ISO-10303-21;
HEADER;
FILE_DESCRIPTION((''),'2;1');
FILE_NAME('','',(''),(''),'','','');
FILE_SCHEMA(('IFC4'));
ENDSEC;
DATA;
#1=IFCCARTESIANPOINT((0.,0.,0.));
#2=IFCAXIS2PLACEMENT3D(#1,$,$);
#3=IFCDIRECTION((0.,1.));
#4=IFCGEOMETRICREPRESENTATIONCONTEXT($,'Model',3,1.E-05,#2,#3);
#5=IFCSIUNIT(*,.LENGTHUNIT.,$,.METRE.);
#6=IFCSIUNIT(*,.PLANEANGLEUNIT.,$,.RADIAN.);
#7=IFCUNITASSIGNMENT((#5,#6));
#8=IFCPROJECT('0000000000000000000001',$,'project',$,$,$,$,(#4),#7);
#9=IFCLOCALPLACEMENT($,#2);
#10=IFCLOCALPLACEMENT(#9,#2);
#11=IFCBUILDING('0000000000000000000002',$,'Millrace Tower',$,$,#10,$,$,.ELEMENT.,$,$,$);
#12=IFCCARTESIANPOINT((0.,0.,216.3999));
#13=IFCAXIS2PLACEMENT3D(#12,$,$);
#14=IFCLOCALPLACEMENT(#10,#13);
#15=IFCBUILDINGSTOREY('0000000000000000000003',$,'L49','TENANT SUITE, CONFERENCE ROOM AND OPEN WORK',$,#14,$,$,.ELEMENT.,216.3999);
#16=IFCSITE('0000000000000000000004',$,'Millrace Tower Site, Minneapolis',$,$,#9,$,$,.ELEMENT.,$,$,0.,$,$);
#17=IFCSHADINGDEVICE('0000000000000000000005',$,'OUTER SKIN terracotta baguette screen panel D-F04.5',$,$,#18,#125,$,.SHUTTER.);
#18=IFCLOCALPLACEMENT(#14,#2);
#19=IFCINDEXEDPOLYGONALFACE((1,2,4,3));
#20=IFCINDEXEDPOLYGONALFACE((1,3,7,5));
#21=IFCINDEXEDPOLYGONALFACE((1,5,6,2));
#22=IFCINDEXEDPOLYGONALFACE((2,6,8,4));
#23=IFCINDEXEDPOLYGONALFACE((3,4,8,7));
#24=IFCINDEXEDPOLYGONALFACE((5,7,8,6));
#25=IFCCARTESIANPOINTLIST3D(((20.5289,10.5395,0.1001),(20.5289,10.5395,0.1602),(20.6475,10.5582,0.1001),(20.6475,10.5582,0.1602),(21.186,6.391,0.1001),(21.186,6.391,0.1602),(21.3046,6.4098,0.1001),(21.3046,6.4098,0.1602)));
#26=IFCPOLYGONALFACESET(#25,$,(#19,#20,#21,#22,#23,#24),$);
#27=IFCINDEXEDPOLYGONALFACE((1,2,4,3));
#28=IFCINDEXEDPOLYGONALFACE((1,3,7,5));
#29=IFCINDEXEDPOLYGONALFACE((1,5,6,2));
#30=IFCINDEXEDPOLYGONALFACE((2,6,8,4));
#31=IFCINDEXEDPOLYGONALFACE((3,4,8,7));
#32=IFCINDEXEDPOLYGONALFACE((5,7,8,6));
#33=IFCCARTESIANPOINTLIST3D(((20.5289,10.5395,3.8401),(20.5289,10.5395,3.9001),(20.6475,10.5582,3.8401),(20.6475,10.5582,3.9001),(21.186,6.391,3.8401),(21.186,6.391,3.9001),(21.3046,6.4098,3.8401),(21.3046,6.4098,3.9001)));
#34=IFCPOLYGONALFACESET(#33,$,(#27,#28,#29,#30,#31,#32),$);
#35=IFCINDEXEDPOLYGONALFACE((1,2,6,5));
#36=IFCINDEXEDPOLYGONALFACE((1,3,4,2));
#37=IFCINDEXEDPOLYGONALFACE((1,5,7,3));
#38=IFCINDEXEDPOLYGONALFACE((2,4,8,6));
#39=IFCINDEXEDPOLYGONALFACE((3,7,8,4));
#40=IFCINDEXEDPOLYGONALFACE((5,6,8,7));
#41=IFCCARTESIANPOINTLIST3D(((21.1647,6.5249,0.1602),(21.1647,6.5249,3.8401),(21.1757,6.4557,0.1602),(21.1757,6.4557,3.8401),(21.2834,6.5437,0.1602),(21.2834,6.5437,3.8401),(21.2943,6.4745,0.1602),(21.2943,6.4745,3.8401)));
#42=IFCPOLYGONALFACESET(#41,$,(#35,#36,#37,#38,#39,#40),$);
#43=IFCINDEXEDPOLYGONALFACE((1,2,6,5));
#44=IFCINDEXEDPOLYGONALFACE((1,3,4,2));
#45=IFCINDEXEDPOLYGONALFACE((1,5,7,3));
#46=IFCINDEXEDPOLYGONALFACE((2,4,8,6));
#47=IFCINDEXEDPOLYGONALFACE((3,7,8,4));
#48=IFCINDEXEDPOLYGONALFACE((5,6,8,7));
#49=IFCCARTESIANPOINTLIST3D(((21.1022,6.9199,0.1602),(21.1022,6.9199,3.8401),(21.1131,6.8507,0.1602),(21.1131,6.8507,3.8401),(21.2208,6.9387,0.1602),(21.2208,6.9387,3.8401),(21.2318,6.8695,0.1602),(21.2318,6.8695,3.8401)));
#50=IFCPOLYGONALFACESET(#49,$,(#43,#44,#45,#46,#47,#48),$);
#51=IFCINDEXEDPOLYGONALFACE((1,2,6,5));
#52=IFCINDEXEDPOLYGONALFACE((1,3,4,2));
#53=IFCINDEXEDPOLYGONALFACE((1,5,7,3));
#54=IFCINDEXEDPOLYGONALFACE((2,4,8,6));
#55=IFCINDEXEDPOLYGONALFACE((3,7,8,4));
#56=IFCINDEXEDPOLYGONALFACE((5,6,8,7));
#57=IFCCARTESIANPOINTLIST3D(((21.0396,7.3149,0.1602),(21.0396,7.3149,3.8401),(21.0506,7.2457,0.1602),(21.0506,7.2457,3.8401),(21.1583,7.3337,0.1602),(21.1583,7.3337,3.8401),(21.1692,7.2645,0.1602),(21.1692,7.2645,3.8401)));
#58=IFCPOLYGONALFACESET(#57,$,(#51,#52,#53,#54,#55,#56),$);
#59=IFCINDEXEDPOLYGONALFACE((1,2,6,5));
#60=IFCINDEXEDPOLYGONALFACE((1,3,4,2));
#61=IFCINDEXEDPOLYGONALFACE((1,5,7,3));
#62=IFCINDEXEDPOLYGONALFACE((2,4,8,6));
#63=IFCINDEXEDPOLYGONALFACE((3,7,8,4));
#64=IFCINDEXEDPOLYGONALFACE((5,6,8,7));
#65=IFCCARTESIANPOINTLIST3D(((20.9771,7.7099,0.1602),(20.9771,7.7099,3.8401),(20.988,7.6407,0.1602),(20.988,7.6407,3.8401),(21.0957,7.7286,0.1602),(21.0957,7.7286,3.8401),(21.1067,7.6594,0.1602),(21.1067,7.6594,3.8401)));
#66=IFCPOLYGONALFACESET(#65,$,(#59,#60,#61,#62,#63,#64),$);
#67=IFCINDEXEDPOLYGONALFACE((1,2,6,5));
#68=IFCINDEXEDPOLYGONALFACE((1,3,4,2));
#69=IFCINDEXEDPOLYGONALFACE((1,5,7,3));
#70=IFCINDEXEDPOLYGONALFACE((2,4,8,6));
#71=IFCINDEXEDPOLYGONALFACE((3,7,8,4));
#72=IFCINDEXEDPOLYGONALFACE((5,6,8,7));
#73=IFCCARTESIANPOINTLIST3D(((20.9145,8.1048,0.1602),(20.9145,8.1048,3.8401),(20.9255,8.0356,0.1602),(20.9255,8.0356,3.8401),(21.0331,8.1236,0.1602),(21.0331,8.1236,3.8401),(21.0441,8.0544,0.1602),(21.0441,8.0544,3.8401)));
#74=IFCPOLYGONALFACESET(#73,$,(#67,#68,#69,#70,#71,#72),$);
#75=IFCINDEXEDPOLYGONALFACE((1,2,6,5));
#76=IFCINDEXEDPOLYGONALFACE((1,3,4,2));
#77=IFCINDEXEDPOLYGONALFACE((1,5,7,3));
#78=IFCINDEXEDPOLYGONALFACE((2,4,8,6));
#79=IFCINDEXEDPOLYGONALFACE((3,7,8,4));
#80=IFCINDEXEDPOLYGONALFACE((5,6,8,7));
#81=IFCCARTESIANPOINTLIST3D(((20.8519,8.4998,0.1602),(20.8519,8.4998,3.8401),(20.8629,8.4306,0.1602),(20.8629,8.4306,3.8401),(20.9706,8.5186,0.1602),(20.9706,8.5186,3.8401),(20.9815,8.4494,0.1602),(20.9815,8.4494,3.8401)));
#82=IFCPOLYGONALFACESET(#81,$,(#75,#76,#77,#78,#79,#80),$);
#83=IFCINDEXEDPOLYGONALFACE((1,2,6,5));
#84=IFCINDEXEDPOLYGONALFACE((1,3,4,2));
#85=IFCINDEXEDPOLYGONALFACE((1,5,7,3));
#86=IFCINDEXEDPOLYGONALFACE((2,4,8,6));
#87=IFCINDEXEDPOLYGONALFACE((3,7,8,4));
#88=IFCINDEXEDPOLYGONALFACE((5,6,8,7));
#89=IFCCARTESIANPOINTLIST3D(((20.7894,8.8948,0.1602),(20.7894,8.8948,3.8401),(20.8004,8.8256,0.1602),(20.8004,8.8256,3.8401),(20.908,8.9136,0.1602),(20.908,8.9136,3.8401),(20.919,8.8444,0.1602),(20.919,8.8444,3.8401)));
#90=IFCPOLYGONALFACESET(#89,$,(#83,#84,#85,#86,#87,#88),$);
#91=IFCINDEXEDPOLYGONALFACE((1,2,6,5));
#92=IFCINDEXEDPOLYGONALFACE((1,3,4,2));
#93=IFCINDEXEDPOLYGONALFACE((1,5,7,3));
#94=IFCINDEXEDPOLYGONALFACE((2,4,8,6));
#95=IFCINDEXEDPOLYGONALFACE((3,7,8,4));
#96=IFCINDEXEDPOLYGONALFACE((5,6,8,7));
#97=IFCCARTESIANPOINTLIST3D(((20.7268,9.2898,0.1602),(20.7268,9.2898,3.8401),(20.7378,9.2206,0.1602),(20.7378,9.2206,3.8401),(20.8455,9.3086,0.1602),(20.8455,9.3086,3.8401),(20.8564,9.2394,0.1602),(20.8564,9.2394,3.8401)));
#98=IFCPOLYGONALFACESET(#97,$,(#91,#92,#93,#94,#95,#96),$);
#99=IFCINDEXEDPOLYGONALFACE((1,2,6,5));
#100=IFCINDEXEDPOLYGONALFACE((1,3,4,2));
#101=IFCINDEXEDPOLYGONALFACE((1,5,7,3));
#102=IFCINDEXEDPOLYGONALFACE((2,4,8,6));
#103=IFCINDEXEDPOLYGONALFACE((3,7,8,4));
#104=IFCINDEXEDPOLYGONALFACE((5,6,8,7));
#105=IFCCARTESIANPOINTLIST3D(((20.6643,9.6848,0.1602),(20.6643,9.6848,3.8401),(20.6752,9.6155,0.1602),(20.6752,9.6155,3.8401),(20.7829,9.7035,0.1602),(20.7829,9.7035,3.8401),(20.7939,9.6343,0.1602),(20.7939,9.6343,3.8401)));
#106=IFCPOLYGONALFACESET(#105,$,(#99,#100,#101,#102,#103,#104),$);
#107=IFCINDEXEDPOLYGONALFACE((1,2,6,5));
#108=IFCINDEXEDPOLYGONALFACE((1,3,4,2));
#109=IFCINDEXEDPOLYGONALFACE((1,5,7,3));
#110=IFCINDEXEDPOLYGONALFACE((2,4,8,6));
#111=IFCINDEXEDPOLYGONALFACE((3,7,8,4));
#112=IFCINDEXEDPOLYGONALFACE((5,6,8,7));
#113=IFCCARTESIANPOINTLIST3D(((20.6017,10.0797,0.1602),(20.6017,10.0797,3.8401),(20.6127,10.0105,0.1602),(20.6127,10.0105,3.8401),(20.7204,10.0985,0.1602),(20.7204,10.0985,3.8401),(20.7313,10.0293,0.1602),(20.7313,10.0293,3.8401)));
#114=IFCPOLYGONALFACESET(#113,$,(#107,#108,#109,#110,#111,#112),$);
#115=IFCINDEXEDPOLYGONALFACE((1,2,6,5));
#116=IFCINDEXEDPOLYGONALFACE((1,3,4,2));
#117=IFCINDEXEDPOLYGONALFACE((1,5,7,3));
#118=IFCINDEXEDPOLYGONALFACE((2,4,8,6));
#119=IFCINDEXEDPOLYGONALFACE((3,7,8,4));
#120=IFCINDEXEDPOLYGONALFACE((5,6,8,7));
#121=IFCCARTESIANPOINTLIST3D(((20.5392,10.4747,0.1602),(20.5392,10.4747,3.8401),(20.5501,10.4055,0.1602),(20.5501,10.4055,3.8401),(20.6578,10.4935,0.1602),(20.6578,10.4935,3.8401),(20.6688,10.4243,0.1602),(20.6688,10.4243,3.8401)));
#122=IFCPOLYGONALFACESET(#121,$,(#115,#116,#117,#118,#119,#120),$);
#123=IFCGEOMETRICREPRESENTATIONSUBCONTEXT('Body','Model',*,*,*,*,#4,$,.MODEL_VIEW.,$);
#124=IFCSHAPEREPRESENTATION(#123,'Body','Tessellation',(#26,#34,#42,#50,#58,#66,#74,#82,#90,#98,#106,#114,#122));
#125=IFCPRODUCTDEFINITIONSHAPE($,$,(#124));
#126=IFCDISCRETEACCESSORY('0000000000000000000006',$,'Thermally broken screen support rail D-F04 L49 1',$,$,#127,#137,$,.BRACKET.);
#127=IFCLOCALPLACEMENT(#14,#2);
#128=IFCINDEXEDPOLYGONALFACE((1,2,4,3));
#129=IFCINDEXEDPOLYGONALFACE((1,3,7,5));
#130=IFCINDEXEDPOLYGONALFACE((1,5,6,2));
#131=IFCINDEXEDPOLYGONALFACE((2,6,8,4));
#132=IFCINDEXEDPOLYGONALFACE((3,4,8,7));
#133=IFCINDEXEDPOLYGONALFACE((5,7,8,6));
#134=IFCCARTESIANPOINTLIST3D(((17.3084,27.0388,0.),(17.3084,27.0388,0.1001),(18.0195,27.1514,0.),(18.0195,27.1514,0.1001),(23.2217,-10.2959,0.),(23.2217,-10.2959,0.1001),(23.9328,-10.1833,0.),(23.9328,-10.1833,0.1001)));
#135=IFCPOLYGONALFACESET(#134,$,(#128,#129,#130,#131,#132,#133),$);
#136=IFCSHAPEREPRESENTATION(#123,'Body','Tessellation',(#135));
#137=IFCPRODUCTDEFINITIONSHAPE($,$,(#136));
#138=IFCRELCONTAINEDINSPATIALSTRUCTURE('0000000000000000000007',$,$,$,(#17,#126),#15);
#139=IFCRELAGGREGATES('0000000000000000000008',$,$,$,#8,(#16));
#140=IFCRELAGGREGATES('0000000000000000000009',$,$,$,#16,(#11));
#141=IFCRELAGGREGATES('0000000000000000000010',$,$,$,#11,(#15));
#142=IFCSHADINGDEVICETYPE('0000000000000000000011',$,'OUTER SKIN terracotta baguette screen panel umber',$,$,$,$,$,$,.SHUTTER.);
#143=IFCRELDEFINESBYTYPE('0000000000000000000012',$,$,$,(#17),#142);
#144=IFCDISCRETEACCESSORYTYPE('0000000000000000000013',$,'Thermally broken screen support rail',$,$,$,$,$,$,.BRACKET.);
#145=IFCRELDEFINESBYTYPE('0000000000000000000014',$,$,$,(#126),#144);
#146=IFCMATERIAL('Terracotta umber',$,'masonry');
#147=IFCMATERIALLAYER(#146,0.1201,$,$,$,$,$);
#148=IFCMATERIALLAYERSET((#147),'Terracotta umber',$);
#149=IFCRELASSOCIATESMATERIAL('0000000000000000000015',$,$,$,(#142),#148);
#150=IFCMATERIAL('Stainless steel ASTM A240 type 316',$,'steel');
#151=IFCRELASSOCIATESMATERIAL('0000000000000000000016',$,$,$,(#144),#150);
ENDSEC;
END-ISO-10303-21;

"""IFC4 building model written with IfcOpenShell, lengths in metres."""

from ifc_helpers import new_model, entity, si_unit, direction, frame, frame_2d, origin, origin_2d, place, context, subcontext, project, spatial, rectangle, extrude, source, transform, mapped, material, layer, layer_set, type_object, element, save


model = new_model("IFC4")

# Units and contexts
model_context = context("Model", 3, precision=1e-05, world=origin(), true_north=direction((0.0, 1.0)))
body_context = subcontext(model_context, "Body", "Model", "MODEL_VIEW")
ifc_project = project(units=[si_unit("LENGTHUNIT", "METRE"), si_unit("PLANEANGLEUNIT", "RADIAN")], contexts=[model_context])

# Site, building, storey
site_placement = place(None, origin())
site = spatial("IfcSite", under=ifc_project, at=site_placement, Name="Millrace Tower Site, Minneapolis", CompositionType="ELEMENT", RefElevation=0.0)
building_placement = place(site_placement, origin())
building = spatial("IfcBuilding", under=site, at=building_placement, Name="Millrace Tower", CompositionType="ELEMENT")
storey_placement = place(building_placement, frame((0.0, 0.0, 216.3999)))
storey = spatial("IfcBuildingStorey", under=building, at=storey_placement, Name="L49", Description="TENANT SUITE, CONFERENCE ROOM AND OPEN WORK", CompositionType="ELEMENT", Elevation=216.3999)

# Shading device
ifc_material_1 = material(Name="Terracotta umber", Category="masonry")
ifc_layer_1 = layer(ifc_material_1, 0.1201)
ifc_layer_set_1 = layer_set([ifc_layer_1], Name="Terracotta umber")
shading_device_type = type_object("IfcShadingDeviceType", Name="OUTER SKIN terracotta baguette screen panel umber", PredefinedType="SHUTTER", material=ifc_layer_set_1)
cartesian_point = entity("IfcCartesianPoint", [-2.1001, 0.0601])
shared_polyline = entity("IfcPolyline", [cartesian_point, entity("IfcCartesianPoint", [2.1001, 0.0601]), entity("IfcCartesianPoint", [2.1001, -0.0601]), entity("IfcCartesianPoint", [-2.1001, -0.0601]), cartesian_point])
shared_shape = source(origin(), body_context, "Body", "SweptSolid", [
    entity("IfcExtrudedAreaSolid", entity("IfcArbitraryClosedProfileDef", "AREA", None, shared_polyline), entity("IfcAxis2Placement3D", entity("IfcCartesianPoint", [0.0, 0.0, 0.0])), entity("IfcDirection", [0.0, 0.0, 1.0]), 0.0601),
    entity("IfcExtrudedAreaSolid", entity("IfcArbitraryClosedProfileDef", "AREA", None, shared_polyline), entity("IfcAxis2Placement3D", entity("IfcCartesianPoint", [0.0, 0.0, 3.74])), entity("IfcDirection", [0.0, 0.0, 1.0]), 0.0601),
    extrude(rectangle(XDim=0.0701, YDim=0.1201, at=frame_2d((-1.9995, 0.0))), frame((0.0, 0.0, 0.0601)), (0.0, 0.0, 1.0), 3.6799),
    extrude(rectangle(XDim=0.0701, YDim=0.1201, at=frame_2d((-1.5996, 0.0))), frame((0.0, 0.0, 0.0601)), (0.0, 0.0, 1.0), 3.6799),
    extrude(rectangle(XDim=0.0701, YDim=0.1201, at=frame_2d((-1.1997, 0.0))), frame((0.0, 0.0, 0.0601)), (0.0, 0.0, 1.0), 3.6799),
    extrude(rectangle(XDim=0.0701, YDim=0.1201, at=frame_2d((-0.7998, 0.0))), frame((0.0, 0.0, 0.0601)), (0.0, 0.0, 1.0), 3.6799),
    extrude(rectangle(XDim=0.0701, YDim=0.1201, at=frame_2d((-0.3999, 0.0))), frame((0.0, 0.0, 0.0601)), (0.0, 0.0, 1.0), 3.6799),
    extrude(rectangle(XDim=0.0701, YDim=0.1201, at=origin_2d()), frame((0.0, 0.0, 0.0601)), (0.0, 0.0, 1.0), 3.6799),
    extrude(rectangle(XDim=0.0701, YDim=0.1201, at=frame_2d((0.3999, 0.0))), frame((0.0, 0.0, 0.0601)), (0.0, 0.0, 1.0), 3.6799),
    extrude(rectangle(XDim=0.0701, YDim=0.1201, at=frame_2d((0.7998, 0.0))), frame((0.0, 0.0, 0.0601)), (0.0, 0.0, 1.0), 3.6799),
    extrude(rectangle(XDim=0.0701, YDim=0.1201, at=frame_2d((1.1997, 0.0))), frame((0.0, 0.0, 0.0601)), (0.0, 0.0, 1.0), 3.6799),
    extrude(rectangle(XDim=0.0701, YDim=0.1201, at=frame_2d((1.5996, 0.0))), frame((0.0, 0.0, 0.0601)), (0.0, 0.0, 1.0), 3.6799),
    extrude(rectangle(XDim=0.0701, YDim=0.1201, at=frame_2d((1.9995, 0.0))), frame((0.0, 0.0, 0.0601)), (0.0, 0.0, 1.0), 3.6799),
])
for number, where, z_axis, x_axis, name in (
    (1, (20.9167, 8.4746, 0.1001), (0.0, 0.0, 1.0), (-0.156434, 0.987688, 0.0), "OUTER SKIN terracotta baguette screen panel D-F04.5"),
):
    element("IfcShadingDevice", number, at=place(storey_placement, frame(where, z_axis=z_axis, x_axis=x_axis)), inside=storey, type_object=shading_device_type, Name=name, PredefinedType="SHUTTER", context=body_context, shape_type="MappedRepresentation", body=[
        mapped(shared_shape, transform((0.0, 0.0, 0.0), scale=1.0)),
    ])

# Discrete accessory
ifc_material_2 = material(Name="Stainless steel ASTM A240 type 316", Category="steel")
discrete_accessory_type = type_object("IfcDiscreteAccessoryType", Name="Thermally broken screen support rail", PredefinedType="BRACKET", material=ifc_material_2)
discrete_accessory_placement = place(storey_placement, frame((20.6206, 8.4277, 0.0), z_axis=(0.0, 0.0, 1.0), x_axis=(-0.156434, 0.987688, 0.0)))
element("IfcDiscreteAccessory", 2, at=discrete_accessory_placement, inside=storey, type_object=discrete_accessory_type, Name="Thermally broken screen support rail D-F04 L49 1", PredefinedType="BRACKET", context=body_context, shape_type="SweptSolid", body=[
    extrude(rectangle(XDim=37.8, YDim=0.72, at=origin_2d()), origin(), (0.0, 0.0, 1.0), 0.1001),
])

save(model, "model.ifc")
